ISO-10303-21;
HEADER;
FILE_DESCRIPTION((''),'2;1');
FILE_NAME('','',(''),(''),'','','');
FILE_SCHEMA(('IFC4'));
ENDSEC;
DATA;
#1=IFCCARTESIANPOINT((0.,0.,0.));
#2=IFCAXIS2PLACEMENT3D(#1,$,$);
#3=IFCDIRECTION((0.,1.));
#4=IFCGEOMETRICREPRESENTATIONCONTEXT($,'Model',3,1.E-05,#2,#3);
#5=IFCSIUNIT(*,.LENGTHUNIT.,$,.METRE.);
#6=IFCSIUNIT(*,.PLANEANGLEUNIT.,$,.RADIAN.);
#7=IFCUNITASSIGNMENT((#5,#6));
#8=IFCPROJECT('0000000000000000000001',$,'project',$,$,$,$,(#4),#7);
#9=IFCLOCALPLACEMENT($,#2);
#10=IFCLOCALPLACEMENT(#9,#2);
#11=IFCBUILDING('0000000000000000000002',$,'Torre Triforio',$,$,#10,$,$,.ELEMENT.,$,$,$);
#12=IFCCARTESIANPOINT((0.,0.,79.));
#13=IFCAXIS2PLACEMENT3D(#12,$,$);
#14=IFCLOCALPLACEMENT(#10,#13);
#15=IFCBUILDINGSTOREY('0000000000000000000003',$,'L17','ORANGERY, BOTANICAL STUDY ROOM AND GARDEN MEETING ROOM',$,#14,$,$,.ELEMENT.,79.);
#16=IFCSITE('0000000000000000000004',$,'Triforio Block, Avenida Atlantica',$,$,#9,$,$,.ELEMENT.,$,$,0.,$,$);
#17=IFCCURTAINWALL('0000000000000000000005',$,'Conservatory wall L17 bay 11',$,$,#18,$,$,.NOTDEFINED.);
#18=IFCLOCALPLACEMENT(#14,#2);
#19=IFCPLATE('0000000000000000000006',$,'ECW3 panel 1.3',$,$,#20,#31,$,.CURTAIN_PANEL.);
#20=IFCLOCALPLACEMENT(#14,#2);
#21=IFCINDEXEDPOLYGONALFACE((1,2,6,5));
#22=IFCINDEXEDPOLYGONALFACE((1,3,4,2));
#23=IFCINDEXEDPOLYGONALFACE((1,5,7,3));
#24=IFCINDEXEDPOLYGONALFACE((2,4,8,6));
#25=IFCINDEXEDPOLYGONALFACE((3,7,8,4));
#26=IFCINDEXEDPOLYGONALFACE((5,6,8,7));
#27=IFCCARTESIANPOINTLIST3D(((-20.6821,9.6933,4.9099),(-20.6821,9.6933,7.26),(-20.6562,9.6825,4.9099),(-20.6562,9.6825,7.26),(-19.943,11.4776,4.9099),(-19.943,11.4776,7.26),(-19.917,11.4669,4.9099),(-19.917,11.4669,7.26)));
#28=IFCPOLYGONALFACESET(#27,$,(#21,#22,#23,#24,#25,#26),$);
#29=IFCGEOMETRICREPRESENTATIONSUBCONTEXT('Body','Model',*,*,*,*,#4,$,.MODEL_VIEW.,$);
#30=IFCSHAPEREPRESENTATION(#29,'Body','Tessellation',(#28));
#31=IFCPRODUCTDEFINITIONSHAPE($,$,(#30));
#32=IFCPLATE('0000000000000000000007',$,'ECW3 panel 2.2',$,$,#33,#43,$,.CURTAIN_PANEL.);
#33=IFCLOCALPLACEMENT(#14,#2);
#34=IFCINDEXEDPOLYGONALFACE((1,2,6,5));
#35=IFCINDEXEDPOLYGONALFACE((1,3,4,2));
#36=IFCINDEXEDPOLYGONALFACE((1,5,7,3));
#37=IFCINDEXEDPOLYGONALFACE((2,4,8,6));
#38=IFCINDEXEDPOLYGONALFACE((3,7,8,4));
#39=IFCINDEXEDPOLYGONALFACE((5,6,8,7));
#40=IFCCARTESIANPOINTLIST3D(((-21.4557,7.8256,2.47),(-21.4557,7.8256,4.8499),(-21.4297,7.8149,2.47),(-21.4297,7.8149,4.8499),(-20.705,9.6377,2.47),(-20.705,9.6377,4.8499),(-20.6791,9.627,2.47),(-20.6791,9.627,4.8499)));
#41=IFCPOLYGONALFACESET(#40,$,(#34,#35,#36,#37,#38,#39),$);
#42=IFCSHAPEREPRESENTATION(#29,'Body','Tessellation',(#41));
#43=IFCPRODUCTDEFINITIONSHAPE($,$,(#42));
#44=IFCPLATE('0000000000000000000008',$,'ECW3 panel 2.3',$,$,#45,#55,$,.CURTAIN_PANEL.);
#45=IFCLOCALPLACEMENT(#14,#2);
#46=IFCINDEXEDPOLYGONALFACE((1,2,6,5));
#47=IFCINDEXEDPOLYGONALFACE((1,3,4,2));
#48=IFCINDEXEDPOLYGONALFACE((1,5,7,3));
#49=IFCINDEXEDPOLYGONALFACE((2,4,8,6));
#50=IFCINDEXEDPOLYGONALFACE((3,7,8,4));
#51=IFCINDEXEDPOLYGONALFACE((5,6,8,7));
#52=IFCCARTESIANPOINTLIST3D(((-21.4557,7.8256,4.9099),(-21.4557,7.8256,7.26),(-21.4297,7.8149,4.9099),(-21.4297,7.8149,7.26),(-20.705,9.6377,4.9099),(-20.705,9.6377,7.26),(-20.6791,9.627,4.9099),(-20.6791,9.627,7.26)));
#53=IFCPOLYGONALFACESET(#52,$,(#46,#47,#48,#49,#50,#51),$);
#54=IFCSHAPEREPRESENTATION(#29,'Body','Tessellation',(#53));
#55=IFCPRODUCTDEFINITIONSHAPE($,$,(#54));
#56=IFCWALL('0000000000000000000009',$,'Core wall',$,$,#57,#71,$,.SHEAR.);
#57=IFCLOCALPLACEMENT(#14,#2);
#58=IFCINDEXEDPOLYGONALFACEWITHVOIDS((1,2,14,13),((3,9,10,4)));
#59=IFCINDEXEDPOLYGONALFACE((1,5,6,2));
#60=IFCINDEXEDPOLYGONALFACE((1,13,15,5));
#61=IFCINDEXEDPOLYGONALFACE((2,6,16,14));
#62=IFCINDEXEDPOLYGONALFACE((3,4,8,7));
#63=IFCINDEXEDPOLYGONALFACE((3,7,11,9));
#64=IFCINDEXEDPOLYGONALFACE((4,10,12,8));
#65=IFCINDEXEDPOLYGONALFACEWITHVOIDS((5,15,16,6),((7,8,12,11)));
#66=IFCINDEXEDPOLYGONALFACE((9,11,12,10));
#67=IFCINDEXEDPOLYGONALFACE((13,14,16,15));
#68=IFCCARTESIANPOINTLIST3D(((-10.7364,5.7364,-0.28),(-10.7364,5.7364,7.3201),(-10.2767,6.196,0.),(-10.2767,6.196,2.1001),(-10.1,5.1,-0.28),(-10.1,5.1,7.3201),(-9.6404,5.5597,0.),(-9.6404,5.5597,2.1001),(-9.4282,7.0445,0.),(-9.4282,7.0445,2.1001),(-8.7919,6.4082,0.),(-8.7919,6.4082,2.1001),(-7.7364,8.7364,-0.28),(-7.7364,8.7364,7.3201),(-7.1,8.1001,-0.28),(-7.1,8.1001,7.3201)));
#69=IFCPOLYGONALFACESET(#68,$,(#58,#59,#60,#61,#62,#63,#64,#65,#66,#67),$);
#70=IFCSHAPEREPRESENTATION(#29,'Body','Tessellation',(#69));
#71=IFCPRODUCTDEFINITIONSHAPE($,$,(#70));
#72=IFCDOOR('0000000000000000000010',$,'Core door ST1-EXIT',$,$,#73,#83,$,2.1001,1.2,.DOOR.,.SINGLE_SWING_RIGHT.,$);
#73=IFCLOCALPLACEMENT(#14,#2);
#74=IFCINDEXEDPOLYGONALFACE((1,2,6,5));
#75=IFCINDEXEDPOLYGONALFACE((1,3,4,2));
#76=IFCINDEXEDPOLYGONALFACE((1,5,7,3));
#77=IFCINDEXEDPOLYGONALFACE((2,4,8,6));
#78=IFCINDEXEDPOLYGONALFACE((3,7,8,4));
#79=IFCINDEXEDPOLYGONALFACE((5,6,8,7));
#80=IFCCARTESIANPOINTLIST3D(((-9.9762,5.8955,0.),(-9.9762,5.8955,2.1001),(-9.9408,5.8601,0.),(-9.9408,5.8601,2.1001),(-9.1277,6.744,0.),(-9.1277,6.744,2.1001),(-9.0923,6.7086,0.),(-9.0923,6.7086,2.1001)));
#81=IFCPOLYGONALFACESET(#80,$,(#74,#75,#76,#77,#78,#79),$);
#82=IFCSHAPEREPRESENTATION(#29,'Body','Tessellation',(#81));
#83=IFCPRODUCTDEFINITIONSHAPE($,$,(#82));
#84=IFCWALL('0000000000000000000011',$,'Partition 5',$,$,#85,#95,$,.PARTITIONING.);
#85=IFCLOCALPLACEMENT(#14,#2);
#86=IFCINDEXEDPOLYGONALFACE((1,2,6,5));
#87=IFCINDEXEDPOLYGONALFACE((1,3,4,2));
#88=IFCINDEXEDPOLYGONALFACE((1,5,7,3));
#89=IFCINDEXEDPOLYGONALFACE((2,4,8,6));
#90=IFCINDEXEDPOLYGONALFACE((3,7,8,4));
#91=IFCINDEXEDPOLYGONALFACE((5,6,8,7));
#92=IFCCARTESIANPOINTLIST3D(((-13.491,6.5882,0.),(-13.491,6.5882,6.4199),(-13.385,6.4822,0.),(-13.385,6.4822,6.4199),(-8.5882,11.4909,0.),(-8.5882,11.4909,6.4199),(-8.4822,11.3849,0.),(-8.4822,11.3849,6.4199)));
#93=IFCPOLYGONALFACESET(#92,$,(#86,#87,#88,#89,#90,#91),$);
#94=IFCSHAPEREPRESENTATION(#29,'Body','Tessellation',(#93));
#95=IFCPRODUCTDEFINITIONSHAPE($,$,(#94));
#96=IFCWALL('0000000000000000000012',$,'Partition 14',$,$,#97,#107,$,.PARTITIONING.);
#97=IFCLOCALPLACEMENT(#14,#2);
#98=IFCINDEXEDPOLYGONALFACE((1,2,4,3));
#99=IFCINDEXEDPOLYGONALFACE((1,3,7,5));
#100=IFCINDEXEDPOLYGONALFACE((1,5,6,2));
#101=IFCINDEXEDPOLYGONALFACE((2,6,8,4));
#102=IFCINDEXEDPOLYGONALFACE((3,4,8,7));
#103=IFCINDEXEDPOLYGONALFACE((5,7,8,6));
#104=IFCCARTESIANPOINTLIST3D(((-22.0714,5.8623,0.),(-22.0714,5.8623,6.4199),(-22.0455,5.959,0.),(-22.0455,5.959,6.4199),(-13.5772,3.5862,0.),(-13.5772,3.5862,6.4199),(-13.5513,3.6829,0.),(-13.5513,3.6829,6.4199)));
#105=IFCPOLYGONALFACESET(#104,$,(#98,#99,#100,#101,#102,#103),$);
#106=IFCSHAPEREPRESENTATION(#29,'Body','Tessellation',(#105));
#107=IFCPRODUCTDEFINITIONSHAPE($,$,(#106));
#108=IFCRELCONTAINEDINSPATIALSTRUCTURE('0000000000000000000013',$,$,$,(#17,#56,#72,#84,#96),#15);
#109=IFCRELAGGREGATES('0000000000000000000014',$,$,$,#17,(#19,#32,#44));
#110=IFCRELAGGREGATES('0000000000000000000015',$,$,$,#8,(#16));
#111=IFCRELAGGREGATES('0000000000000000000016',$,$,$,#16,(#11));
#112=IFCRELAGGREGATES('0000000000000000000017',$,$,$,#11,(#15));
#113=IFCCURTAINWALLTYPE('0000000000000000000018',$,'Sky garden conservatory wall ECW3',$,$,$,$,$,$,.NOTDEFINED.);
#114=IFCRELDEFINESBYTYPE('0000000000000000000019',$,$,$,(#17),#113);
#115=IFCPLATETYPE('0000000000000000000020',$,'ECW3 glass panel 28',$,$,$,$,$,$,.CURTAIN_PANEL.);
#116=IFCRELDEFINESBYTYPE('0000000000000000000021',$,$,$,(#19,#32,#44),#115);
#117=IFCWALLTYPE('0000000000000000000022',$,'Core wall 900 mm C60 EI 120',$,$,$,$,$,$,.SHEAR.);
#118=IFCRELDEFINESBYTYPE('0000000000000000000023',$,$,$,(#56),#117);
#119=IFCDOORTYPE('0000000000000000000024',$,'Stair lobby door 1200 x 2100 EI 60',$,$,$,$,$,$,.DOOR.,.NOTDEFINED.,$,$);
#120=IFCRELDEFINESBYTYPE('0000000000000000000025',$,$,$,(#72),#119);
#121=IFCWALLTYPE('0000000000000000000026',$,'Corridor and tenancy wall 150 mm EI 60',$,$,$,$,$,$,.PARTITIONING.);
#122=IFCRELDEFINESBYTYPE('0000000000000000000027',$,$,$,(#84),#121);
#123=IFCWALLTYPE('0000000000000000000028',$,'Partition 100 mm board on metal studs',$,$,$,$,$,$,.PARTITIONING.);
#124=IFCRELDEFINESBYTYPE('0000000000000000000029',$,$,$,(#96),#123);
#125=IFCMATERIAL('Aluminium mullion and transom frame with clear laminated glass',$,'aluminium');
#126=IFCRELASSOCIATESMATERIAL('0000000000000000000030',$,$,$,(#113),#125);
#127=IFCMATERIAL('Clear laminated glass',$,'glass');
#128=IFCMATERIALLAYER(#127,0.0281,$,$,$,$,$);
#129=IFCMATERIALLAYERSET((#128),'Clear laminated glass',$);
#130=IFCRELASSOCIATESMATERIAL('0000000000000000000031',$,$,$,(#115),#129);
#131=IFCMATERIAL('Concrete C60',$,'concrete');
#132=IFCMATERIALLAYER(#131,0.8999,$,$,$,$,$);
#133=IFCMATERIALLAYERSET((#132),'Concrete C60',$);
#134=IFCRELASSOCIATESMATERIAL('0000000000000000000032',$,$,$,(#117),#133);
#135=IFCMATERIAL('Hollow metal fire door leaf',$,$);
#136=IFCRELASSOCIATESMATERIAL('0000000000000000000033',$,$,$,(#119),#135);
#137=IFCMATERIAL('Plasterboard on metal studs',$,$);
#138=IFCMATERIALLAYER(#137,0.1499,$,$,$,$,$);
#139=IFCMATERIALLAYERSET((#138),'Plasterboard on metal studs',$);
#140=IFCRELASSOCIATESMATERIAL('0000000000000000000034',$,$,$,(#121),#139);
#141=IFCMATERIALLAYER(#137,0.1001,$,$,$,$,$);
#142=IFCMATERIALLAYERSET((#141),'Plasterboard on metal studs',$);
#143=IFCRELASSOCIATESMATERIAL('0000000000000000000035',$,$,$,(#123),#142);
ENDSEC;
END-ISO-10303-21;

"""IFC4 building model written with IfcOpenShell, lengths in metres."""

from ifc_helpers import new_model, si_unit, direction, frame, frame_2d, origin, origin_2d, place, context, subcontext, project, spatial, rectangle, extrude, material, layer, layer_set, type_object, element, fill, aggregate, save


model = new_model("IFC4")

# Units and contexts
model_context = context("Model", 3, precision=1e-05, world=origin(), true_north=direction((0.0, 1.0)))
body_context = subcontext(model_context, "Body", "Model", "MODEL_VIEW")
ifc_project = project(units=[si_unit("LENGTHUNIT", "METRE"), si_unit("PLANEANGLEUNIT", "RADIAN")], contexts=[model_context])

# Site, building, storey
site_placement = place(None, origin())
site = spatial("IfcSite", under=ifc_project, at=site_placement, Name="Triforio Block, Avenida Atlantica", CompositionType="ELEMENT", RefElevation=0.0)
building_placement = place(site_placement, origin())
building = spatial("IfcBuilding", under=site, at=building_placement, Name="Torre Triforio", CompositionType="ELEMENT")
storey_placement = place(building_placement, frame((0.0, 0.0, 79.0)))
storey = spatial("IfcBuildingStorey", under=building, at=storey_placement, Name="L17", Description="ORANGERY, BOTANICAL STUDY ROOM AND GARDEN MEETING ROOM", CompositionType="ELEMENT", Elevation=79.0)

# Curtain wall
ifc_material_1 = material(Name="Aluminium mullion and transom frame with clear laminated glass", Category="aluminium")
curtain_wall_type = type_object("IfcCurtainWallType", Name="Sky garden conservatory wall ECW3", PredefinedType="NOTDEFINED", material=ifc_material_1)
curtain_wall_placement = place(storey_placement, origin())
curtain_wall = element("IfcCurtainWall", 1, at=curtain_wall_placement, inside=storey, type_object=curtain_wall_type, Name="Conservatory wall L17 bay 11", PredefinedType="NOTDEFINED")

# Plates
ifc_material_2 = material(Name="Clear laminated glass", Category="glass")
ifc_layer_1 = layer(ifc_material_2, 0.0281)
ifc_layer_set_1 = layer_set([ifc_layer_1], Name="Clear laminated glass")
plate_type = type_object("IfcPlateType", Name="ECW3 glass panel 28", PredefinedType="CURTAIN_PANEL", material=ifc_layer_set_1)
plate_1_placement = place(storey_placement, frame((-20.2996, 10.5801, 4.9099), z_axis=(0.0, 0.0, 1.0), x_axis=(-0.382687, -0.923878, 0.0)))
plate_1 = element("IfcPlate", 2, at=plate_1_placement, type_object=plate_type, Name="ECW3 panel 1.3", PredefinedType="CURTAIN_PANEL", context=body_context, shape_type="SweptSolid", body=[
    extrude(rectangle(XDim=1.9314, YDim=0.0281, at=origin_2d()), origin(), (0.0, 0.0, 1.0), 2.3501),
])
plate_2_placement = place(storey_placement, frame((-21.0674, 8.7263, 2.47), z_axis=(0.0, 0.0, 1.0), x_axis=(-0.382687, -0.923878, 0.0)))
plate_2 = element("IfcPlate", 3, at=plate_2_placement, type_object=plate_type, Name="ECW3 panel 2.2", PredefinedType="CURTAIN_PANEL", context=body_context, shape_type="SweptSolid", body=[
    extrude(rectangle(XDim=1.9614, YDim=0.0281, at=origin_2d()), origin(), (0.0, 0.0, 1.0), 2.3799),
])
plate_3_placement = place(storey_placement, frame((-21.0674, 8.7263, 4.9099), z_axis=(0.0, 0.0, 1.0), x_axis=(-0.382687, -0.923878, 0.0)))
plate_3 = element("IfcPlate", 4, at=plate_3_placement, type_object=plate_type, Name="ECW3 panel 2.3", PredefinedType="CURTAIN_PANEL", context=body_context, shape_type="SweptSolid", body=[
    extrude(rectangle(XDim=1.9614, YDim=0.0281, at=origin_2d()), origin(), (0.0, 0.0, 1.0), 2.3501),
])
aggregate(curtain_wall, [plate_1, plate_2, plate_3])

# Wall, opening, door
ifc_material_3 = material(Name="Concrete C60", Category="concrete")
ifc_layer_2 = layer(ifc_material_3, 0.8999)
ifc_layer_set_2 = layer_set([ifc_layer_2], Name="Concrete C60")
wall_type_1 = type_object("IfcWallType", Name="Core wall 900 mm C60 EI 120", PredefinedType="SHEAR", material=ifc_layer_set_2)
wall_1_placement = place(storey_placement, frame((-10.4182, 5.4182, -0.28), z_axis=(0.0, 0.0, 1.0), x_axis=(0.707107, 0.707107, 0.0)))
wall_1 = element("IfcWall", 5, at=wall_1_placement, inside=storey, type_object=wall_type_1, Name="Core wall", PredefinedType="SHEAR", context=body_context, shape_type="SweptSolid", body=[
    extrude(rectangle(XDim=4.2427, YDim=0.8999, at=frame_2d((2.1213, 0.0))), origin(), (0.0, 0.0, 1.0), 7.6001),
])
opening_placement = place(wall_1_placement, frame((0.6499, 0.0, 0.28)))
opening = element("IfcOpeningElement", 6, at=opening_placement, cuts=wall_1, PredefinedType="OPENING", context=body_context, shape_type="SweptSolid", body=[
    extrude(rectangle(XDim=1.2, YDim=2.1001, at=frame_2d((0.6001, 1.05))), frame((0.0, 0.46, 0.0), z_axis=(0.0, -1.0, 0.0), x_axis=(1.0, 0.0, 0.0)), (0.0, 0.0, 1.0), 0.9199),
])
ifc_material_4 = material(Name="Hollow metal fire door leaf")
door_type = type_object("IfcDoorType", Name="Stair lobby door 1200 x 2100 EI 60", OperationType="NOTDEFINED", PredefinedType="DOOR", material=ifc_material_4)
door_placement = place(opening_placement, origin())
door = element("IfcDoor", 7, at=door_placement, inside=storey, type_object=door_type, Name="Core door ST1-EXIT", OperationType="SINGLE_SWING_RIGHT", OverallHeight=2.1001, OverallWidth=1.2, PredefinedType="DOOR", context=body_context, shape_type="SweptSolid", body=[
    extrude(rectangle(XDim=1.2, YDim=2.1001, at=frame_2d((0.6001, 1.05))), frame((0.0, 0.0249, 0.0), z_axis=(0.0, -1.0, 0.0), x_axis=(1.0, 0.0, 0.0)), (0.0, 0.0, 1.0), 0.05),
])
fill(opening, door)

# Walls
ifc_material_5 = material(Name="Plasterboard on metal studs")
ifc_layer_3 = layer(ifc_material_5, 0.1499)
ifc_layer_set_3 = layer_set([ifc_layer_3], Name="Plasterboard on metal studs")
wall_type_2 = type_object("IfcWallType", Name="Corridor and tenancy wall 150 mm EI 60", PredefinedType="PARTITIONING", material=ifc_layer_set_3)
wall_2_placement = place(storey_placement, frame((-13.438, 6.5352, 0.0), z_axis=(0.0, 0.0, 1.0), x_axis=(0.707107, 0.707107, 0.0)))
element("IfcWall", 8, at=wall_2_placement, inside=storey, type_object=wall_type_2, Name="Partition 5", PredefinedType="PARTITIONING", context=body_context, shape_type="SweptSolid", body=[
    extrude(rectangle(XDim=6.9336, YDim=0.1499, at=frame_2d((3.4668, 0.0))), origin(), (0.0, 0.0, 1.0), 6.4199),
])
ifc_layer_4 = layer(ifc_material_5, 0.1001)
ifc_layer_set_4 = layer_set([ifc_layer_4], Name="Plasterboard on metal studs")
wall_type_3 = type_object("IfcWallType", Name="Partition 100 mm board on metal studs", PredefinedType="PARTITIONING", material=ifc_layer_set_4)
wall_3_placement = place(storey_placement, frame((-13.5642, 3.6345, 0.0), z_axis=(0.0, 0.0, 1.0), x_axis=(-0.965924, 0.258825, 0.0)))
element("IfcWall", 9, at=wall_3_placement, inside=storey, type_object=wall_type_3, Name="Partition 14", PredefinedType="PARTITIONING", context=body_context, shape_type="SweptSolid", body=[
    extrude(rectangle(XDim=8.7939, YDim=0.1001, at=frame_2d((4.397, 0.0))), origin(), (0.0, 0.0, 1.0), 6.4199),
])

save(model, "model.ifc")
